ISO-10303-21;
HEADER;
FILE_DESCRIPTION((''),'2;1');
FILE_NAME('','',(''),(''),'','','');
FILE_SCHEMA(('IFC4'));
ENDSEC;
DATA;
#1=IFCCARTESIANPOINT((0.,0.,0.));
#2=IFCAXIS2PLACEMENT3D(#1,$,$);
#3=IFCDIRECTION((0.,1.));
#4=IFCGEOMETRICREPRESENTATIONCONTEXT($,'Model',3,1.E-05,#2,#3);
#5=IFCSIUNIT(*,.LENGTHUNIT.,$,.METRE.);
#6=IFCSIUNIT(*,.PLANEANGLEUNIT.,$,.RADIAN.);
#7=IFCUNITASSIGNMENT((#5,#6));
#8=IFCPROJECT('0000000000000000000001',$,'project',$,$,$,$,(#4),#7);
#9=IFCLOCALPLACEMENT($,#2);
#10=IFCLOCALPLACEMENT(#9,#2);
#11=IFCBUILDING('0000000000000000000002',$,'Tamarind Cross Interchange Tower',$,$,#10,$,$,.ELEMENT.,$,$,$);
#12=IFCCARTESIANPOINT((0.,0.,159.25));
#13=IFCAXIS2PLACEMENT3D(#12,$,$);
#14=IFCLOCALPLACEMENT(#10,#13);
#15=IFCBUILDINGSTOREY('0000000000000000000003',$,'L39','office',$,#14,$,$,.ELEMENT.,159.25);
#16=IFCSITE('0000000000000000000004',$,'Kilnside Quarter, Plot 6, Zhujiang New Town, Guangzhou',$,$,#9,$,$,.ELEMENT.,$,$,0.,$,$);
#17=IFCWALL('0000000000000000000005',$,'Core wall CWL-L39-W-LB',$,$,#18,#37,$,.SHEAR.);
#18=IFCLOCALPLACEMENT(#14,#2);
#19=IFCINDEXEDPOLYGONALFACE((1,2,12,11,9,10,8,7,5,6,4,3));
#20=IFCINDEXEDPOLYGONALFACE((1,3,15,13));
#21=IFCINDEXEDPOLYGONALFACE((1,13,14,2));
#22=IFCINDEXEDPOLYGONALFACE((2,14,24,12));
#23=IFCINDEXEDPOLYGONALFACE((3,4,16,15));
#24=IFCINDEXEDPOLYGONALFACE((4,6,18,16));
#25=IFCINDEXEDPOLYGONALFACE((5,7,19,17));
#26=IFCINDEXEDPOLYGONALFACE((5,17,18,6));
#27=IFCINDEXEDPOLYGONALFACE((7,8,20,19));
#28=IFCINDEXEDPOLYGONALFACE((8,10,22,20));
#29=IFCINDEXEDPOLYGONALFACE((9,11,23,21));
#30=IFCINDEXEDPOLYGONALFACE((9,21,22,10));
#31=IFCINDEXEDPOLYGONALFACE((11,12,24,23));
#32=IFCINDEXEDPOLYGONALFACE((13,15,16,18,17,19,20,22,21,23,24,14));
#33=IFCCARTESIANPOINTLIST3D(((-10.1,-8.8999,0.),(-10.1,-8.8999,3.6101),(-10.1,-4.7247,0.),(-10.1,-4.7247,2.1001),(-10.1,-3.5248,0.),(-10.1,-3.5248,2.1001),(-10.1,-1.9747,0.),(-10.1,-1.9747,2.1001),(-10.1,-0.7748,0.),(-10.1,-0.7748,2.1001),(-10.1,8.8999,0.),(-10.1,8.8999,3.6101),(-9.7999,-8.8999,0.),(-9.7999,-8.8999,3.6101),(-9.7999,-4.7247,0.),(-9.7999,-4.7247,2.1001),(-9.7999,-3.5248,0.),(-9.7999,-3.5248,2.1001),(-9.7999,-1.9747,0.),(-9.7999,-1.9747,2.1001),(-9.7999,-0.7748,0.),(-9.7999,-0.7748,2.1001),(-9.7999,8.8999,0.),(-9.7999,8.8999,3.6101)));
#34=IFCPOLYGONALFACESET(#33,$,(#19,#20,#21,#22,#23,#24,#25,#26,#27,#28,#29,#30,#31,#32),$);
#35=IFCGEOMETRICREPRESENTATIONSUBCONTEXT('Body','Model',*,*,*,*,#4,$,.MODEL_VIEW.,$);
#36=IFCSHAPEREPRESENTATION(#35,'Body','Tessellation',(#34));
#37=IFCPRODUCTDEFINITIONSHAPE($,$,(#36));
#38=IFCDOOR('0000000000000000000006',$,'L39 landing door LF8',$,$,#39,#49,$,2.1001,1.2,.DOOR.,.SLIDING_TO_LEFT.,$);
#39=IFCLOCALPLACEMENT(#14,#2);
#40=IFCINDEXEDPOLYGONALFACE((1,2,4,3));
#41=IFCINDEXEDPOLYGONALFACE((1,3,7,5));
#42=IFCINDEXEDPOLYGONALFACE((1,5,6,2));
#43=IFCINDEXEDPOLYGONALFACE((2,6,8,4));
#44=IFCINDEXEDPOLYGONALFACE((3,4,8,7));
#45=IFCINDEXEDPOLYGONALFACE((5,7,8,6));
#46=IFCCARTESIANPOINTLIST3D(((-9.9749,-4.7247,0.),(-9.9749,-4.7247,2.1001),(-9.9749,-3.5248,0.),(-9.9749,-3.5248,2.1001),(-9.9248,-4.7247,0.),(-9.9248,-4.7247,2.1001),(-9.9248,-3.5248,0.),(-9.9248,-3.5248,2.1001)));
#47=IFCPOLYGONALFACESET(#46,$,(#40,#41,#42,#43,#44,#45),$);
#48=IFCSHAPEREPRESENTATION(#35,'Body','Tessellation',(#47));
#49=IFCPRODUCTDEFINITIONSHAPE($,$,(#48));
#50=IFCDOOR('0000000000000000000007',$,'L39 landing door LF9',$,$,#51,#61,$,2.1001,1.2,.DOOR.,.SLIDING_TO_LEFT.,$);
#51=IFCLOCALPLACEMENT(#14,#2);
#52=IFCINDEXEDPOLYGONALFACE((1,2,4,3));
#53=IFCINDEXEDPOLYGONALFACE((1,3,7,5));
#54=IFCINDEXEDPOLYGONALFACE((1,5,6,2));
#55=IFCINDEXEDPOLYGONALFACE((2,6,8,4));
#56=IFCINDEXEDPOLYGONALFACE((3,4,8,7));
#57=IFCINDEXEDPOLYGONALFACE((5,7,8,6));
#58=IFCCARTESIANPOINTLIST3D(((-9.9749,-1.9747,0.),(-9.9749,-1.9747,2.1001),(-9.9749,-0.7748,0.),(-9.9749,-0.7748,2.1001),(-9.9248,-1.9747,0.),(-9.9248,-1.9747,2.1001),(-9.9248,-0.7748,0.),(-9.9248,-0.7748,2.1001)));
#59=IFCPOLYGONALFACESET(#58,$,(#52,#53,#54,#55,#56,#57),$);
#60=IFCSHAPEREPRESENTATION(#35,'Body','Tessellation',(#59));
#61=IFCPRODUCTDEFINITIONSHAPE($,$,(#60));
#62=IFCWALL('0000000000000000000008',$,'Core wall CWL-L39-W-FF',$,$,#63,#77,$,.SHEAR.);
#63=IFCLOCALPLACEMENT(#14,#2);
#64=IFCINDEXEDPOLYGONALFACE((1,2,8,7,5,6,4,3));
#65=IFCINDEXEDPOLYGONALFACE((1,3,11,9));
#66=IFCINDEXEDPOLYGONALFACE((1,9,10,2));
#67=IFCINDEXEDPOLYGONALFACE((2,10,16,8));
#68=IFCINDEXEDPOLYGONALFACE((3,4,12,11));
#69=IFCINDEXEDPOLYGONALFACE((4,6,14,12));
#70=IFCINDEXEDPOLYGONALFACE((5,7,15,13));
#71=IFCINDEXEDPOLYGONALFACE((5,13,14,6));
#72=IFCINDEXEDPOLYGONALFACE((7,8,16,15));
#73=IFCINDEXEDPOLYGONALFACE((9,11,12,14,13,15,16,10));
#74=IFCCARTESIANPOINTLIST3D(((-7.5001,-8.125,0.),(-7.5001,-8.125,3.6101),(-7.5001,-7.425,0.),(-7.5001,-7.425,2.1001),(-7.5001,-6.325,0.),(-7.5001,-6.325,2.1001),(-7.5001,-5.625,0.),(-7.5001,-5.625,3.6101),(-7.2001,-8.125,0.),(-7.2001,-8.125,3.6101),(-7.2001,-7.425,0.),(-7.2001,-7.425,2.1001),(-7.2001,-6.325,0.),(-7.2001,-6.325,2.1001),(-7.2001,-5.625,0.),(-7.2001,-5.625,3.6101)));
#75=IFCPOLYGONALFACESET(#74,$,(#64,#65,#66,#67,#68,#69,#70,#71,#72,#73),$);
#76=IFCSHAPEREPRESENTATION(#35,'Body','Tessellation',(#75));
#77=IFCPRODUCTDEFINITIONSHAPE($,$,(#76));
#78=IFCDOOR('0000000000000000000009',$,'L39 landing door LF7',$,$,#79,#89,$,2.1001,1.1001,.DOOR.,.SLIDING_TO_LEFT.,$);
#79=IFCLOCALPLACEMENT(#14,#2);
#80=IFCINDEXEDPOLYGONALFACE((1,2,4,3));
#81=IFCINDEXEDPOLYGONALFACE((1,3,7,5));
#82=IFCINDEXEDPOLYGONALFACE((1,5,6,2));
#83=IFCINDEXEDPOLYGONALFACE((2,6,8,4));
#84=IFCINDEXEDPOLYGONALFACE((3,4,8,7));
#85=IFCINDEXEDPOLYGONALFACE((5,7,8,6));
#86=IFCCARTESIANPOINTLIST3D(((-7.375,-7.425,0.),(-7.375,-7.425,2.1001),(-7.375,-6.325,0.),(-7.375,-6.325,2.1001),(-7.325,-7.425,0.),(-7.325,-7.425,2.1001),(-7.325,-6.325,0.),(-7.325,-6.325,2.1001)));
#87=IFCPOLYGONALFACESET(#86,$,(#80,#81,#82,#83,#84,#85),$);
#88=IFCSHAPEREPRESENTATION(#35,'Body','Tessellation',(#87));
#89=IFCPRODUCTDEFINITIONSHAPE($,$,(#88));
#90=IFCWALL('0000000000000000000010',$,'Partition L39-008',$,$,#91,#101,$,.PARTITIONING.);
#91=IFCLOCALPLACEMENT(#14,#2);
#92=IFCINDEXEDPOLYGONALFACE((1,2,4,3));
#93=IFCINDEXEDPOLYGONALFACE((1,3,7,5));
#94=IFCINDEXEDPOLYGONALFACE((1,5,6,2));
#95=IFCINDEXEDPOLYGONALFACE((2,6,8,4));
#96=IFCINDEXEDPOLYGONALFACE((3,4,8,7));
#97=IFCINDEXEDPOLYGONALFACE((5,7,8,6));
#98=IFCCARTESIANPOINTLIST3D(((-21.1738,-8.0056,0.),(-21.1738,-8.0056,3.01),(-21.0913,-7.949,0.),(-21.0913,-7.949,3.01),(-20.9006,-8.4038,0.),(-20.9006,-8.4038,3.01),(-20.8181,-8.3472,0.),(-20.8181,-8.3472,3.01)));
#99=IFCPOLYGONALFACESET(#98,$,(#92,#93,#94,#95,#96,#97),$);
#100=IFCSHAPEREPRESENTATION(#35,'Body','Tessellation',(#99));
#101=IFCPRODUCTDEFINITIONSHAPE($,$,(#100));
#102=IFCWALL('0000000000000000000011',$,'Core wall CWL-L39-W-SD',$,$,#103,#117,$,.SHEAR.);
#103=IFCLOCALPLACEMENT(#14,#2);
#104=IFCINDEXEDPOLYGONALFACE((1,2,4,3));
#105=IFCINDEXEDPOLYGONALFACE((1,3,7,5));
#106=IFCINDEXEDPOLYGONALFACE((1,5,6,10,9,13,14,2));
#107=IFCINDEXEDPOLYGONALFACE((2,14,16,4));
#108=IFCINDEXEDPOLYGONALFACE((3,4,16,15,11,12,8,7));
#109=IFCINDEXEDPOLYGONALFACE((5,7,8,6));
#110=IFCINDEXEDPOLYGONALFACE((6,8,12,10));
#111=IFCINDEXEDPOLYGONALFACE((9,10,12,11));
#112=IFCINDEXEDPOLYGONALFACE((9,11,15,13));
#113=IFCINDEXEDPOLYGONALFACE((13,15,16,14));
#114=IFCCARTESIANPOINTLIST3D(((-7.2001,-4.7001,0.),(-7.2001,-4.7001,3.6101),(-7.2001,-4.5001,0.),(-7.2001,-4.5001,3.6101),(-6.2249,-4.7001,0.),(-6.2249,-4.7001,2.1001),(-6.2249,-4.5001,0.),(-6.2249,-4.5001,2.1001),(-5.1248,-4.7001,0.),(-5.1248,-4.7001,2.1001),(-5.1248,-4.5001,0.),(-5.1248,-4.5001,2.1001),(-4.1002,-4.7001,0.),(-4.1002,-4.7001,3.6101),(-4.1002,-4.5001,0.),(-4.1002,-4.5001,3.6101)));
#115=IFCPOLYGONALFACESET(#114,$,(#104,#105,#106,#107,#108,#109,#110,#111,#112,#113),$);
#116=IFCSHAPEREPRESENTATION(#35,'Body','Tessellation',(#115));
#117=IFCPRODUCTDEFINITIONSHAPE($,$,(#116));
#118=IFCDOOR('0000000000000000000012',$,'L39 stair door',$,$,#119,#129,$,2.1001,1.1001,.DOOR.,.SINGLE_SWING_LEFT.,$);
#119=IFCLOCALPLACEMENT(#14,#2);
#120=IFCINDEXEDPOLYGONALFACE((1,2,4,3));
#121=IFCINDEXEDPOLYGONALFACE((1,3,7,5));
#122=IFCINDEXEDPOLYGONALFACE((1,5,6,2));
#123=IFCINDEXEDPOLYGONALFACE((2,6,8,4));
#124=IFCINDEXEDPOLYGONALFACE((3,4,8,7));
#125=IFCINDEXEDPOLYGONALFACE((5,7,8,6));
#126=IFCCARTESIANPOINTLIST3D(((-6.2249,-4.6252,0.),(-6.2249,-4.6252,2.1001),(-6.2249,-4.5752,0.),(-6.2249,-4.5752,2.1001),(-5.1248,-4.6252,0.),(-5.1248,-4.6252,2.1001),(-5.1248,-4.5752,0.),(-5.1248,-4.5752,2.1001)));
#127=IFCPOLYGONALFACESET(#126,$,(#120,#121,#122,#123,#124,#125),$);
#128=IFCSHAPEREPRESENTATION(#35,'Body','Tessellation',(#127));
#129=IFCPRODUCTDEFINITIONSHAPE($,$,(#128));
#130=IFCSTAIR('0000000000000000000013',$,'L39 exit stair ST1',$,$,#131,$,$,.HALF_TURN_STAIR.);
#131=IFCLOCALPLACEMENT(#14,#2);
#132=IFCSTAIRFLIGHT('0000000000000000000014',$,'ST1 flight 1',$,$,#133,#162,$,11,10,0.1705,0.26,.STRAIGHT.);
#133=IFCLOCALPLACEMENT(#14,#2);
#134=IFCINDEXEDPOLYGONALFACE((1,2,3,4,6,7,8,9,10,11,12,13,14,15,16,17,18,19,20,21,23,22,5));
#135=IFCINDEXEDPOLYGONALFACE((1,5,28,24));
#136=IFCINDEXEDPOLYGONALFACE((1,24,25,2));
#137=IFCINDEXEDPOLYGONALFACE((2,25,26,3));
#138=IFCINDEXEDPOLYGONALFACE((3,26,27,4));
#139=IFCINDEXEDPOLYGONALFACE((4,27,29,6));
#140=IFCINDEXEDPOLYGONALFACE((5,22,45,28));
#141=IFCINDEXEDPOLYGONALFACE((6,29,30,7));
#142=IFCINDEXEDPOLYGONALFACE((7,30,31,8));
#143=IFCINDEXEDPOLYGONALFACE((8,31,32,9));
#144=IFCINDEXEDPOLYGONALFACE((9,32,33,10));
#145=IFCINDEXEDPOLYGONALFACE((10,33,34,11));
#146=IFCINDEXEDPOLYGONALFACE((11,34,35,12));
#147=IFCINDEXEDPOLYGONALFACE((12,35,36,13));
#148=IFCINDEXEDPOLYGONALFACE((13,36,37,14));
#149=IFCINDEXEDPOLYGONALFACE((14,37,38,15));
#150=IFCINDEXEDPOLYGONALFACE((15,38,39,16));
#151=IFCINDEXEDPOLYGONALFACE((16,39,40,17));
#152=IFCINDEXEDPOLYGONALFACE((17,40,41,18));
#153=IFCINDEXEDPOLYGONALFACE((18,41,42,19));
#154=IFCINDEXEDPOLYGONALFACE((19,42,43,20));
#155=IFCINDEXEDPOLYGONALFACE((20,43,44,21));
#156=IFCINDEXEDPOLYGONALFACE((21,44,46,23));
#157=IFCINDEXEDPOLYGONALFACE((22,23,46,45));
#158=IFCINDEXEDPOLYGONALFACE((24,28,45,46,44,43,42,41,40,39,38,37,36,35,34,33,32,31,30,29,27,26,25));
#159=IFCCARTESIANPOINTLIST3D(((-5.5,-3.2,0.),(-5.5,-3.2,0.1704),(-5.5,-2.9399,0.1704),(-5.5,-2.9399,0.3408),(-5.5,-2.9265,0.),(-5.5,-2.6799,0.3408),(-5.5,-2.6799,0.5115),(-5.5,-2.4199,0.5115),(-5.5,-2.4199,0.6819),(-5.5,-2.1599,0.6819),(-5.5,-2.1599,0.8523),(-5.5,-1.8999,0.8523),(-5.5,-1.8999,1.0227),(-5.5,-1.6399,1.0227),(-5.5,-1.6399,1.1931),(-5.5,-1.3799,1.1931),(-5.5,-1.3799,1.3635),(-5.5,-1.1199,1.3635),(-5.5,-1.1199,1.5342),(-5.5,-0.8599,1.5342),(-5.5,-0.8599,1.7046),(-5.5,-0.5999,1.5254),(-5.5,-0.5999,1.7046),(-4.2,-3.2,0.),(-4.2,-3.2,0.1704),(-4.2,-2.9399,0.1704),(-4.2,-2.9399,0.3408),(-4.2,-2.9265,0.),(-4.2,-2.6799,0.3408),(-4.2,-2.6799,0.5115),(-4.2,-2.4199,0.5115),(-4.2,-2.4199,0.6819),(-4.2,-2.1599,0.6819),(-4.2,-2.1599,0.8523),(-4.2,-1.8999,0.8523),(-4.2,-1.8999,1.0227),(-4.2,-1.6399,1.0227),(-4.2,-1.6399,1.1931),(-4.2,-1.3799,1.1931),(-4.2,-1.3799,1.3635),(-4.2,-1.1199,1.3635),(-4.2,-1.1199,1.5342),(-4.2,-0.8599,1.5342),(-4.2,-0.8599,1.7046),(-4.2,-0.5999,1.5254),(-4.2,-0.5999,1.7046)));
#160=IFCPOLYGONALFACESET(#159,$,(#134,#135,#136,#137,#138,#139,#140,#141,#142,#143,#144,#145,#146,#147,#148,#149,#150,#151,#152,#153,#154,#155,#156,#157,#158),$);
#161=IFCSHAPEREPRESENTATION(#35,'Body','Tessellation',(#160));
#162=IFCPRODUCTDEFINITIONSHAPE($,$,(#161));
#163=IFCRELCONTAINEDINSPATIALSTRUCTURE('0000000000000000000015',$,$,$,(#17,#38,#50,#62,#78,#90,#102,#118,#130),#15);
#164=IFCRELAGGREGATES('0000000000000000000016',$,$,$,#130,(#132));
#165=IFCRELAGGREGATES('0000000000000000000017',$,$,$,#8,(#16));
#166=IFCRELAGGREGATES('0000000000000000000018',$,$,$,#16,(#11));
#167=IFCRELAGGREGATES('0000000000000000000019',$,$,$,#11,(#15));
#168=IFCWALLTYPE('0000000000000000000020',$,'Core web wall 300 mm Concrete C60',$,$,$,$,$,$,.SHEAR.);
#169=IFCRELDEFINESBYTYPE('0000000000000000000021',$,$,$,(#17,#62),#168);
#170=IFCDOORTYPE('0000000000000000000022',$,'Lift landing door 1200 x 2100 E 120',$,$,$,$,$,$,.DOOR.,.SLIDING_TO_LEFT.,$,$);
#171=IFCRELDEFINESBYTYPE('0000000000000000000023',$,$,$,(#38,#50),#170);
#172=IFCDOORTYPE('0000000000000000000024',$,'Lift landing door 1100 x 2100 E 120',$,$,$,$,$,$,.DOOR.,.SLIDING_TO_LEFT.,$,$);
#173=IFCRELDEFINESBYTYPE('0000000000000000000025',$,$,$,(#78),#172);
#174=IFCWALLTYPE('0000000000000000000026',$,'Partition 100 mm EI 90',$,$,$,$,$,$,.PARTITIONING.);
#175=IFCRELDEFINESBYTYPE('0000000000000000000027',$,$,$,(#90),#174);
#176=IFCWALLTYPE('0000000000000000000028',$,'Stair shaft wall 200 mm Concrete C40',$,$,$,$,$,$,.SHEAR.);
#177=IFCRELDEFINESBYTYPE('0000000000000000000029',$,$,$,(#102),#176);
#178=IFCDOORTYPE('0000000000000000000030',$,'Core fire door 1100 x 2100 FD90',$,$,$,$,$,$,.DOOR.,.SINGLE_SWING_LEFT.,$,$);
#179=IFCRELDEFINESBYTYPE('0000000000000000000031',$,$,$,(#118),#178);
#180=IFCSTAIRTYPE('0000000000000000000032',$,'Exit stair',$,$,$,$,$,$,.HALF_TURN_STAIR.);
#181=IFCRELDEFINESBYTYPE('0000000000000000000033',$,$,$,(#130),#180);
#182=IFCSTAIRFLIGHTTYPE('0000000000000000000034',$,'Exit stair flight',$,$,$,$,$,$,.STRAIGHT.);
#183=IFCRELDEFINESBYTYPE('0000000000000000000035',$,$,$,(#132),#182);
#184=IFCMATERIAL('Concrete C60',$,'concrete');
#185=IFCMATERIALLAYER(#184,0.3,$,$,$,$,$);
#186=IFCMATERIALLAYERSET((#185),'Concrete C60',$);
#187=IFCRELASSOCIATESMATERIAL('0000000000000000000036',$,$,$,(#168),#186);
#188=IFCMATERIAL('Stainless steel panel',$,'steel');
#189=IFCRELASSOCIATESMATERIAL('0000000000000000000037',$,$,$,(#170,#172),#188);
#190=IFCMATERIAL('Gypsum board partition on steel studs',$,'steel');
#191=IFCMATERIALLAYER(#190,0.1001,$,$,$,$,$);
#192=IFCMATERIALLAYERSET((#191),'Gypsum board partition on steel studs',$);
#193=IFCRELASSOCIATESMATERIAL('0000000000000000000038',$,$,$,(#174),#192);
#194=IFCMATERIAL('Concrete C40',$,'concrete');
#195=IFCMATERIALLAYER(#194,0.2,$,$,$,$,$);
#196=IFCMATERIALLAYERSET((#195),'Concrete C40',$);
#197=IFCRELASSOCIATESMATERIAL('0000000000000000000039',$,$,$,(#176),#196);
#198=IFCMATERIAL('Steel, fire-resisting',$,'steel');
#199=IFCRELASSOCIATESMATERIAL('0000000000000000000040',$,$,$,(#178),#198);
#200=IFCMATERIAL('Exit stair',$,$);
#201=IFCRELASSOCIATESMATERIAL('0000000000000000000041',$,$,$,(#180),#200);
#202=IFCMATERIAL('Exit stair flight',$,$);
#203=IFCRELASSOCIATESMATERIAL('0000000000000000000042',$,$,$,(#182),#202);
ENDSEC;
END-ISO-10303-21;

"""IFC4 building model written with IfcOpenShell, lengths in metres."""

from ifc_helpers import new_model, si_unit, direction, frame, frame_2d, origin, place, context, subcontext, project, spatial, polyline, rectangle, outline, extrude, material, layer, layer_set, type_object, element, fill, aggregate, save


model = new_model("IFC4")

# Units and contexts
model_context = context("Model", 3, precision=1e-05, world=origin(), true_north=direction((0.0, 1.0)))
body_context = subcontext(model_context, "Body", "Model", "MODEL_VIEW")
ifc_project = project(units=[si_unit("LENGTHUNIT", "METRE"), si_unit("PLANEANGLEUNIT", "RADIAN")], contexts=[model_context])

# Site, building, storey
site_placement = place(None, origin())
site = spatial("IfcSite", under=ifc_project, at=site_placement, Name="Kilnside Quarter, Plot 6, Zhujiang New Town, Guangzhou", CompositionType="ELEMENT", RefElevation=0.0)
building_placement = place(site_placement, origin())
building = spatial("IfcBuilding", under=site, at=building_placement, Name="Tamarind Cross Interchange Tower", CompositionType="ELEMENT")
storey_placement = place(building_placement, frame((0.0, 0.0, 159.25)))
storey = spatial("IfcBuildingStorey", under=building, at=storey_placement, Name="L39", Description="office", CompositionType="ELEMENT", Elevation=159.25)

# Shared definitions
ifc_material_1 = material(Name="Concrete C60", Category="concrete")
ifc_material_2 = material(Name="Steel, fire-resisting", Category="steel")

# Shared definitions
ifc_layer_1 = layer(ifc_material_1, 0.3)
ifc_layer_set_1 = layer_set([ifc_layer_1], Name="Concrete C60")
wall_type_1 = type_object("IfcWallType", Name="Core web wall 300 mm Concrete C60", PredefinedType="SHEAR", material=ifc_layer_set_1)

# Wall, openings, doors
wall_1_placement = place(storey_placement, frame((-9.95, -8.8999, 0.0), z_axis=(0.0, 0.0, 1.0), x_axis=(0.0, 1.0, 0.0)))
wall_1 = element("IfcWall", 1, at=wall_1_placement, inside=storey, type_object=wall_type_1, Name="Core wall CWL-L39-W-LB", PredefinedType="SHEAR", context=body_context, shape_type="SweptSolid", body=[
    extrude(rectangle(XDim=17.7998, YDim=0.3, at=frame_2d((8.8999, 0.0))), origin(), (0.0, 0.0, 1.0), 3.6101),
])
opening_1_placement = place(wall_1_placement, frame((4.175, 0.0, 0.0)))
opening_1 = element("IfcOpeningElement", 2, at=opening_1_placement, cuts=wall_1, PredefinedType="OPENING", context=body_context, shape_type="SweptSolid", body=[
    extrude(rectangle(XDim=1.2, YDim=2.1001, at=frame_2d((0.6001, 1.05))), frame((0.0, 0.1599, 0.0), z_axis=(0.0, -1.0, 0.0), x_axis=(1.0, 0.0, 0.0)), (0.0, 0.0, 1.0), 0.3201),
])
opening_2_placement = place(wall_1_placement, frame((6.925, 0.0, 0.0)))
opening_2 = element("IfcOpeningElement", 3, at=opening_2_placement, cuts=wall_1, PredefinedType="OPENING", context=body_context, shape_type="SweptSolid", body=[
    extrude(rectangle(XDim=1.2, YDim=2.1001, at=frame_2d((0.6001, 1.05))), frame((0.0, 0.1599, 0.0), z_axis=(0.0, -1.0, 0.0), x_axis=(1.0, 0.0, 0.0)), (0.0, 0.0, 1.0), 0.3201),
])
ifc_material_3 = material(Name="Stainless steel panel", Category="steel")
door_type_1 = type_object("IfcDoorType", Name="Lift landing door 1200 x 2100 E 120", OperationType="SLIDING_TO_LEFT", PredefinedType="DOOR", material=ifc_material_3)
door_1_placement = place(opening_1_placement, origin())
door_1 = element("IfcDoor", 4, at=door_1_placement, inside=storey, type_object=door_type_1, Name="L39 landing door LF8", OperationType="SLIDING_TO_LEFT", OverallHeight=2.1001, OverallWidth=1.2, PredefinedType="DOOR", context=body_context, shape_type="SweptSolid", body=[
    extrude(rectangle(XDim=1.2, YDim=2.1001, at=frame_2d((0.6001, 1.05))), frame((0.0, 0.0249, 0.0), z_axis=(0.0, -1.0, 0.0), x_axis=(1.0, 0.0, 0.0)), (0.0, 0.0, 1.0), 0.05),
])
fill(opening_1, door_1)
door_2_placement = place(opening_2_placement, origin())
door_2 = element("IfcDoor", 5, at=door_2_placement, inside=storey, type_object=door_type_1, Name="L39 landing door LF9", OperationType="SLIDING_TO_LEFT", OverallHeight=2.1001, OverallWidth=1.2, PredefinedType="DOOR", context=body_context, shape_type="SweptSolid", body=[
    extrude(rectangle(XDim=1.2, YDim=2.1001, at=frame_2d((0.6001, 1.05))), frame((0.0, 0.0249, 0.0), z_axis=(0.0, -1.0, 0.0), x_axis=(1.0, 0.0, 0.0)), (0.0, 0.0, 1.0), 0.05),
])
fill(opening_2, door_2)

# Wall, opening, door
wall_2_placement = place(storey_placement, frame((-7.3501, -8.125, 0.0), z_axis=(0.0, 0.0, 1.0), x_axis=(0.0, 1.0, 0.0)))
wall_2 = element("IfcWall", 6, at=wall_2_placement, inside=storey, type_object=wall_type_1, Name="Core wall CWL-L39-W-FF", PredefinedType="SHEAR", context=body_context, shape_type="SweptSolid", body=[
    extrude(rectangle(XDim=2.5, YDim=0.3, at=frame_2d((1.25, 0.0))), origin(), (0.0, 0.0, 1.0), 3.6101),
])
opening_3_placement = place(wall_2_placement, frame((0.7, 0.0, 0.0)))
opening_3 = element("IfcOpeningElement", 7, at=opening_3_placement, cuts=wall_2, PredefinedType="OPENING", context=body_context, shape_type="SweptSolid", body=[
    extrude(rectangle(XDim=1.1001, YDim=2.1001, at=frame_2d((0.55, 1.05))), frame((0.0, 0.1599, 0.0), z_axis=(0.0, -1.0, 0.0), x_axis=(1.0, 0.0, 0.0)), (0.0, 0.0, 1.0), 0.3201),
])
door_type_2 = type_object("IfcDoorType", Name="Lift landing door 1100 x 2100 E 120", OperationType="SLIDING_TO_LEFT", PredefinedType="DOOR", material=ifc_material_3)
door_3_placement = place(opening_3_placement, origin())
door_3 = element("IfcDoor", 8, at=door_3_placement, inside=storey, type_object=door_type_2, Name="L39 landing door LF7", OperationType="SLIDING_TO_LEFT", OverallHeight=2.1001, OverallWidth=1.1001, PredefinedType="DOOR", context=body_context, shape_type="SweptSolid", body=[
    extrude(rectangle(XDim=1.1001, YDim=2.1001, at=frame_2d((0.55, 1.05))), frame((0.0, 0.0249, 0.0), z_axis=(0.0, -1.0, 0.0), x_axis=(1.0, 0.0, 0.0)), (0.0, 0.0, 1.0), 0.05),
])
fill(opening_3, door_3)

# Wall
ifc_material_4 = material(Name="Gypsum board partition on steel studs", Category="steel")
ifc_layer_2 = layer(ifc_material_4, 0.1001)
ifc_layer_set_2 = layer_set([ifc_layer_2], Name="Gypsum board partition on steel studs")
wall_type_2 = type_object("IfcWallType", Name="Partition 100 mm EI 90", PredefinedType="PARTITIONING", material=ifc_layer_set_2)
wall_3_placement = place(storey_placement, frame((-21.1326, -7.9773, 0.0), z_axis=(0.0, 0.0, 1.0), x_axis=(0.565735, -0.824587, 0.0)))
element("IfcWall", 9, at=wall_3_placement, inside=storey, type_object=wall_type_2, Name="Partition L39-008", PredefinedType="PARTITIONING", context=body_context, shape_type="SweptSolid", body=[
    extrude(rectangle(XDim=0.4829, YDim=0.1001, at=frame_2d((0.2415, 0.0))), origin(), (0.0, 0.0, 1.0), 3.01),
])

# Wall, opening, door
ifc_material_5 = material(Name="Concrete C40", Category="concrete")
ifc_layer_3 = layer(ifc_material_5, 0.2)
ifc_layer_set_3 = layer_set([ifc_layer_3], Name="Concrete C40")
wall_type_3 = type_object("IfcWallType", Name="Stair shaft wall 200 mm Concrete C40", PredefinedType="SHEAR", material=ifc_layer_set_3)
wall_4_placement = place(storey_placement, frame((-7.2, -4.6001, 0.0), z_axis=(0.0, 0.0, 1.0), x_axis=(1.0, 0.0, 0.0)))
wall_4 = element("IfcWall", 10, at=wall_4_placement, inside=storey, type_object=wall_type_3, Name="Core wall CWL-L39-W-SD", PredefinedType="SHEAR", context=body_context, shape_type="SweptSolid", body=[
    extrude(rectangle(XDim=3.0999, YDim=0.2, at=frame_2d((1.5498, 0.0))), origin(), (0.0, 0.0, 1.0), 3.6101),
])
opening_4_placement = place(wall_4_placement, frame((0.9751, 0.0, 0.0)))
opening_4 = element("IfcOpeningElement", 11, at=opening_4_placement, cuts=wall_4, PredefinedType="OPENING", context=body_context, shape_type="SweptSolid", body=[
    extrude(rectangle(XDim=1.1001, YDim=2.1001, at=frame_2d((0.55, 1.05))), frame((0.0, 0.1099, 0.0), z_axis=(0.0, -1.0, 0.0), x_axis=(1.0, 0.0, 0.0)), (0.0, 0.0, 1.0), 0.22),
])
door_type_3 = type_object("IfcDoorType", Name="Core fire door 1100 x 2100 FD90", OperationType="SINGLE_SWING_LEFT", PredefinedType="DOOR", material=ifc_material_2)
door_4_placement = place(opening_4_placement, origin())
door_4 = element("IfcDoor", 12, at=door_4_placement, inside=storey, type_object=door_type_3, Name="L39 stair door", OperationType="SINGLE_SWING_LEFT", OverallHeight=2.1001, OverallWidth=1.1001, PredefinedType="DOOR", context=body_context, shape_type="SweptSolid", body=[
    extrude(rectangle(XDim=1.1001, YDim=2.1001, at=frame_2d((0.55, 1.05))), frame((0.0, 0.0249, 0.0), z_axis=(0.0, -1.0, 0.0), x_axis=(1.0, 0.0, 0.0)), (0.0, 0.0, 1.0), 0.05),
])
fill(opening_4, door_4)

# Stair, stair flight
ifc_material_6 = material(Name="Exit stair")
stair_type = type_object("IfcStairType", Name="Exit stair", PredefinedType="HALF_TURN_STAIR", material=ifc_material_6)
stair_placement = place(storey_placement, origin())
stair = element("IfcStair", 13, at=stair_placement, inside=storey, type_object=stair_type, Name="L39 exit stair ST1", PredefinedType="HALF_TURN_STAIR")
ifc_material_7 = material(Name="Exit stair flight")
stair_flight_type = type_object("IfcStairFlightType", Name="Exit stair flight", PredefinedType="STRAIGHT", material=ifc_material_7)
stair_flight_1_placement = place(storey_placement, frame((-4.8501, -3.2, 0.0), z_axis=(0.0, 0.0, 1.0), x_axis=(0.0, 1.0, 0.0)))
stair_flight_1 = element("IfcStairFlight", 14, at=stair_flight_1_placement, type_object=stair_flight_type, Name="ST1 flight 1", NumberOfRisers=11, NumberOfTreads=10, PredefinedType="STRAIGHT", RiserHeight=0.1705, TreadLength=0.26, context=body_context, shape_type="SweptSolid", body=[
    extrude(outline(polyline([(0.0, 0.0), (0.0, 0.1704), (0.26, 0.1704), (0.26, 0.3408), (0.52, 0.3408), (0.52, 0.5115), (0.78, 0.5115), (0.78, 0.6819), (1.04, 0.6819), (1.04, 0.8523), (1.3, 0.8523), (1.3, 1.0227), (1.5601, 1.0227), (1.5601, 1.1931), (1.8201, 1.1931), (1.8201, 1.3635), (2.0801, 1.3635), (2.0801, 1.5342), (2.3401, 1.5342), (2.3401, 1.7046), (2.6001, 1.7046), (2.6001, 1.875), (2.6001, 1.5254), (0.2734, 0.0), (0.0, 0.0)])), frame((0.0, 0.6499, 0.0), z_axis=(0.0, -1.0, 0.0), x_axis=(1.0, 0.0, 0.0)), (0.0, 0.0, 1.0), 1.3),
])
aggregate(stair, [stair_flight_1])

save(model, "model.ifc")
